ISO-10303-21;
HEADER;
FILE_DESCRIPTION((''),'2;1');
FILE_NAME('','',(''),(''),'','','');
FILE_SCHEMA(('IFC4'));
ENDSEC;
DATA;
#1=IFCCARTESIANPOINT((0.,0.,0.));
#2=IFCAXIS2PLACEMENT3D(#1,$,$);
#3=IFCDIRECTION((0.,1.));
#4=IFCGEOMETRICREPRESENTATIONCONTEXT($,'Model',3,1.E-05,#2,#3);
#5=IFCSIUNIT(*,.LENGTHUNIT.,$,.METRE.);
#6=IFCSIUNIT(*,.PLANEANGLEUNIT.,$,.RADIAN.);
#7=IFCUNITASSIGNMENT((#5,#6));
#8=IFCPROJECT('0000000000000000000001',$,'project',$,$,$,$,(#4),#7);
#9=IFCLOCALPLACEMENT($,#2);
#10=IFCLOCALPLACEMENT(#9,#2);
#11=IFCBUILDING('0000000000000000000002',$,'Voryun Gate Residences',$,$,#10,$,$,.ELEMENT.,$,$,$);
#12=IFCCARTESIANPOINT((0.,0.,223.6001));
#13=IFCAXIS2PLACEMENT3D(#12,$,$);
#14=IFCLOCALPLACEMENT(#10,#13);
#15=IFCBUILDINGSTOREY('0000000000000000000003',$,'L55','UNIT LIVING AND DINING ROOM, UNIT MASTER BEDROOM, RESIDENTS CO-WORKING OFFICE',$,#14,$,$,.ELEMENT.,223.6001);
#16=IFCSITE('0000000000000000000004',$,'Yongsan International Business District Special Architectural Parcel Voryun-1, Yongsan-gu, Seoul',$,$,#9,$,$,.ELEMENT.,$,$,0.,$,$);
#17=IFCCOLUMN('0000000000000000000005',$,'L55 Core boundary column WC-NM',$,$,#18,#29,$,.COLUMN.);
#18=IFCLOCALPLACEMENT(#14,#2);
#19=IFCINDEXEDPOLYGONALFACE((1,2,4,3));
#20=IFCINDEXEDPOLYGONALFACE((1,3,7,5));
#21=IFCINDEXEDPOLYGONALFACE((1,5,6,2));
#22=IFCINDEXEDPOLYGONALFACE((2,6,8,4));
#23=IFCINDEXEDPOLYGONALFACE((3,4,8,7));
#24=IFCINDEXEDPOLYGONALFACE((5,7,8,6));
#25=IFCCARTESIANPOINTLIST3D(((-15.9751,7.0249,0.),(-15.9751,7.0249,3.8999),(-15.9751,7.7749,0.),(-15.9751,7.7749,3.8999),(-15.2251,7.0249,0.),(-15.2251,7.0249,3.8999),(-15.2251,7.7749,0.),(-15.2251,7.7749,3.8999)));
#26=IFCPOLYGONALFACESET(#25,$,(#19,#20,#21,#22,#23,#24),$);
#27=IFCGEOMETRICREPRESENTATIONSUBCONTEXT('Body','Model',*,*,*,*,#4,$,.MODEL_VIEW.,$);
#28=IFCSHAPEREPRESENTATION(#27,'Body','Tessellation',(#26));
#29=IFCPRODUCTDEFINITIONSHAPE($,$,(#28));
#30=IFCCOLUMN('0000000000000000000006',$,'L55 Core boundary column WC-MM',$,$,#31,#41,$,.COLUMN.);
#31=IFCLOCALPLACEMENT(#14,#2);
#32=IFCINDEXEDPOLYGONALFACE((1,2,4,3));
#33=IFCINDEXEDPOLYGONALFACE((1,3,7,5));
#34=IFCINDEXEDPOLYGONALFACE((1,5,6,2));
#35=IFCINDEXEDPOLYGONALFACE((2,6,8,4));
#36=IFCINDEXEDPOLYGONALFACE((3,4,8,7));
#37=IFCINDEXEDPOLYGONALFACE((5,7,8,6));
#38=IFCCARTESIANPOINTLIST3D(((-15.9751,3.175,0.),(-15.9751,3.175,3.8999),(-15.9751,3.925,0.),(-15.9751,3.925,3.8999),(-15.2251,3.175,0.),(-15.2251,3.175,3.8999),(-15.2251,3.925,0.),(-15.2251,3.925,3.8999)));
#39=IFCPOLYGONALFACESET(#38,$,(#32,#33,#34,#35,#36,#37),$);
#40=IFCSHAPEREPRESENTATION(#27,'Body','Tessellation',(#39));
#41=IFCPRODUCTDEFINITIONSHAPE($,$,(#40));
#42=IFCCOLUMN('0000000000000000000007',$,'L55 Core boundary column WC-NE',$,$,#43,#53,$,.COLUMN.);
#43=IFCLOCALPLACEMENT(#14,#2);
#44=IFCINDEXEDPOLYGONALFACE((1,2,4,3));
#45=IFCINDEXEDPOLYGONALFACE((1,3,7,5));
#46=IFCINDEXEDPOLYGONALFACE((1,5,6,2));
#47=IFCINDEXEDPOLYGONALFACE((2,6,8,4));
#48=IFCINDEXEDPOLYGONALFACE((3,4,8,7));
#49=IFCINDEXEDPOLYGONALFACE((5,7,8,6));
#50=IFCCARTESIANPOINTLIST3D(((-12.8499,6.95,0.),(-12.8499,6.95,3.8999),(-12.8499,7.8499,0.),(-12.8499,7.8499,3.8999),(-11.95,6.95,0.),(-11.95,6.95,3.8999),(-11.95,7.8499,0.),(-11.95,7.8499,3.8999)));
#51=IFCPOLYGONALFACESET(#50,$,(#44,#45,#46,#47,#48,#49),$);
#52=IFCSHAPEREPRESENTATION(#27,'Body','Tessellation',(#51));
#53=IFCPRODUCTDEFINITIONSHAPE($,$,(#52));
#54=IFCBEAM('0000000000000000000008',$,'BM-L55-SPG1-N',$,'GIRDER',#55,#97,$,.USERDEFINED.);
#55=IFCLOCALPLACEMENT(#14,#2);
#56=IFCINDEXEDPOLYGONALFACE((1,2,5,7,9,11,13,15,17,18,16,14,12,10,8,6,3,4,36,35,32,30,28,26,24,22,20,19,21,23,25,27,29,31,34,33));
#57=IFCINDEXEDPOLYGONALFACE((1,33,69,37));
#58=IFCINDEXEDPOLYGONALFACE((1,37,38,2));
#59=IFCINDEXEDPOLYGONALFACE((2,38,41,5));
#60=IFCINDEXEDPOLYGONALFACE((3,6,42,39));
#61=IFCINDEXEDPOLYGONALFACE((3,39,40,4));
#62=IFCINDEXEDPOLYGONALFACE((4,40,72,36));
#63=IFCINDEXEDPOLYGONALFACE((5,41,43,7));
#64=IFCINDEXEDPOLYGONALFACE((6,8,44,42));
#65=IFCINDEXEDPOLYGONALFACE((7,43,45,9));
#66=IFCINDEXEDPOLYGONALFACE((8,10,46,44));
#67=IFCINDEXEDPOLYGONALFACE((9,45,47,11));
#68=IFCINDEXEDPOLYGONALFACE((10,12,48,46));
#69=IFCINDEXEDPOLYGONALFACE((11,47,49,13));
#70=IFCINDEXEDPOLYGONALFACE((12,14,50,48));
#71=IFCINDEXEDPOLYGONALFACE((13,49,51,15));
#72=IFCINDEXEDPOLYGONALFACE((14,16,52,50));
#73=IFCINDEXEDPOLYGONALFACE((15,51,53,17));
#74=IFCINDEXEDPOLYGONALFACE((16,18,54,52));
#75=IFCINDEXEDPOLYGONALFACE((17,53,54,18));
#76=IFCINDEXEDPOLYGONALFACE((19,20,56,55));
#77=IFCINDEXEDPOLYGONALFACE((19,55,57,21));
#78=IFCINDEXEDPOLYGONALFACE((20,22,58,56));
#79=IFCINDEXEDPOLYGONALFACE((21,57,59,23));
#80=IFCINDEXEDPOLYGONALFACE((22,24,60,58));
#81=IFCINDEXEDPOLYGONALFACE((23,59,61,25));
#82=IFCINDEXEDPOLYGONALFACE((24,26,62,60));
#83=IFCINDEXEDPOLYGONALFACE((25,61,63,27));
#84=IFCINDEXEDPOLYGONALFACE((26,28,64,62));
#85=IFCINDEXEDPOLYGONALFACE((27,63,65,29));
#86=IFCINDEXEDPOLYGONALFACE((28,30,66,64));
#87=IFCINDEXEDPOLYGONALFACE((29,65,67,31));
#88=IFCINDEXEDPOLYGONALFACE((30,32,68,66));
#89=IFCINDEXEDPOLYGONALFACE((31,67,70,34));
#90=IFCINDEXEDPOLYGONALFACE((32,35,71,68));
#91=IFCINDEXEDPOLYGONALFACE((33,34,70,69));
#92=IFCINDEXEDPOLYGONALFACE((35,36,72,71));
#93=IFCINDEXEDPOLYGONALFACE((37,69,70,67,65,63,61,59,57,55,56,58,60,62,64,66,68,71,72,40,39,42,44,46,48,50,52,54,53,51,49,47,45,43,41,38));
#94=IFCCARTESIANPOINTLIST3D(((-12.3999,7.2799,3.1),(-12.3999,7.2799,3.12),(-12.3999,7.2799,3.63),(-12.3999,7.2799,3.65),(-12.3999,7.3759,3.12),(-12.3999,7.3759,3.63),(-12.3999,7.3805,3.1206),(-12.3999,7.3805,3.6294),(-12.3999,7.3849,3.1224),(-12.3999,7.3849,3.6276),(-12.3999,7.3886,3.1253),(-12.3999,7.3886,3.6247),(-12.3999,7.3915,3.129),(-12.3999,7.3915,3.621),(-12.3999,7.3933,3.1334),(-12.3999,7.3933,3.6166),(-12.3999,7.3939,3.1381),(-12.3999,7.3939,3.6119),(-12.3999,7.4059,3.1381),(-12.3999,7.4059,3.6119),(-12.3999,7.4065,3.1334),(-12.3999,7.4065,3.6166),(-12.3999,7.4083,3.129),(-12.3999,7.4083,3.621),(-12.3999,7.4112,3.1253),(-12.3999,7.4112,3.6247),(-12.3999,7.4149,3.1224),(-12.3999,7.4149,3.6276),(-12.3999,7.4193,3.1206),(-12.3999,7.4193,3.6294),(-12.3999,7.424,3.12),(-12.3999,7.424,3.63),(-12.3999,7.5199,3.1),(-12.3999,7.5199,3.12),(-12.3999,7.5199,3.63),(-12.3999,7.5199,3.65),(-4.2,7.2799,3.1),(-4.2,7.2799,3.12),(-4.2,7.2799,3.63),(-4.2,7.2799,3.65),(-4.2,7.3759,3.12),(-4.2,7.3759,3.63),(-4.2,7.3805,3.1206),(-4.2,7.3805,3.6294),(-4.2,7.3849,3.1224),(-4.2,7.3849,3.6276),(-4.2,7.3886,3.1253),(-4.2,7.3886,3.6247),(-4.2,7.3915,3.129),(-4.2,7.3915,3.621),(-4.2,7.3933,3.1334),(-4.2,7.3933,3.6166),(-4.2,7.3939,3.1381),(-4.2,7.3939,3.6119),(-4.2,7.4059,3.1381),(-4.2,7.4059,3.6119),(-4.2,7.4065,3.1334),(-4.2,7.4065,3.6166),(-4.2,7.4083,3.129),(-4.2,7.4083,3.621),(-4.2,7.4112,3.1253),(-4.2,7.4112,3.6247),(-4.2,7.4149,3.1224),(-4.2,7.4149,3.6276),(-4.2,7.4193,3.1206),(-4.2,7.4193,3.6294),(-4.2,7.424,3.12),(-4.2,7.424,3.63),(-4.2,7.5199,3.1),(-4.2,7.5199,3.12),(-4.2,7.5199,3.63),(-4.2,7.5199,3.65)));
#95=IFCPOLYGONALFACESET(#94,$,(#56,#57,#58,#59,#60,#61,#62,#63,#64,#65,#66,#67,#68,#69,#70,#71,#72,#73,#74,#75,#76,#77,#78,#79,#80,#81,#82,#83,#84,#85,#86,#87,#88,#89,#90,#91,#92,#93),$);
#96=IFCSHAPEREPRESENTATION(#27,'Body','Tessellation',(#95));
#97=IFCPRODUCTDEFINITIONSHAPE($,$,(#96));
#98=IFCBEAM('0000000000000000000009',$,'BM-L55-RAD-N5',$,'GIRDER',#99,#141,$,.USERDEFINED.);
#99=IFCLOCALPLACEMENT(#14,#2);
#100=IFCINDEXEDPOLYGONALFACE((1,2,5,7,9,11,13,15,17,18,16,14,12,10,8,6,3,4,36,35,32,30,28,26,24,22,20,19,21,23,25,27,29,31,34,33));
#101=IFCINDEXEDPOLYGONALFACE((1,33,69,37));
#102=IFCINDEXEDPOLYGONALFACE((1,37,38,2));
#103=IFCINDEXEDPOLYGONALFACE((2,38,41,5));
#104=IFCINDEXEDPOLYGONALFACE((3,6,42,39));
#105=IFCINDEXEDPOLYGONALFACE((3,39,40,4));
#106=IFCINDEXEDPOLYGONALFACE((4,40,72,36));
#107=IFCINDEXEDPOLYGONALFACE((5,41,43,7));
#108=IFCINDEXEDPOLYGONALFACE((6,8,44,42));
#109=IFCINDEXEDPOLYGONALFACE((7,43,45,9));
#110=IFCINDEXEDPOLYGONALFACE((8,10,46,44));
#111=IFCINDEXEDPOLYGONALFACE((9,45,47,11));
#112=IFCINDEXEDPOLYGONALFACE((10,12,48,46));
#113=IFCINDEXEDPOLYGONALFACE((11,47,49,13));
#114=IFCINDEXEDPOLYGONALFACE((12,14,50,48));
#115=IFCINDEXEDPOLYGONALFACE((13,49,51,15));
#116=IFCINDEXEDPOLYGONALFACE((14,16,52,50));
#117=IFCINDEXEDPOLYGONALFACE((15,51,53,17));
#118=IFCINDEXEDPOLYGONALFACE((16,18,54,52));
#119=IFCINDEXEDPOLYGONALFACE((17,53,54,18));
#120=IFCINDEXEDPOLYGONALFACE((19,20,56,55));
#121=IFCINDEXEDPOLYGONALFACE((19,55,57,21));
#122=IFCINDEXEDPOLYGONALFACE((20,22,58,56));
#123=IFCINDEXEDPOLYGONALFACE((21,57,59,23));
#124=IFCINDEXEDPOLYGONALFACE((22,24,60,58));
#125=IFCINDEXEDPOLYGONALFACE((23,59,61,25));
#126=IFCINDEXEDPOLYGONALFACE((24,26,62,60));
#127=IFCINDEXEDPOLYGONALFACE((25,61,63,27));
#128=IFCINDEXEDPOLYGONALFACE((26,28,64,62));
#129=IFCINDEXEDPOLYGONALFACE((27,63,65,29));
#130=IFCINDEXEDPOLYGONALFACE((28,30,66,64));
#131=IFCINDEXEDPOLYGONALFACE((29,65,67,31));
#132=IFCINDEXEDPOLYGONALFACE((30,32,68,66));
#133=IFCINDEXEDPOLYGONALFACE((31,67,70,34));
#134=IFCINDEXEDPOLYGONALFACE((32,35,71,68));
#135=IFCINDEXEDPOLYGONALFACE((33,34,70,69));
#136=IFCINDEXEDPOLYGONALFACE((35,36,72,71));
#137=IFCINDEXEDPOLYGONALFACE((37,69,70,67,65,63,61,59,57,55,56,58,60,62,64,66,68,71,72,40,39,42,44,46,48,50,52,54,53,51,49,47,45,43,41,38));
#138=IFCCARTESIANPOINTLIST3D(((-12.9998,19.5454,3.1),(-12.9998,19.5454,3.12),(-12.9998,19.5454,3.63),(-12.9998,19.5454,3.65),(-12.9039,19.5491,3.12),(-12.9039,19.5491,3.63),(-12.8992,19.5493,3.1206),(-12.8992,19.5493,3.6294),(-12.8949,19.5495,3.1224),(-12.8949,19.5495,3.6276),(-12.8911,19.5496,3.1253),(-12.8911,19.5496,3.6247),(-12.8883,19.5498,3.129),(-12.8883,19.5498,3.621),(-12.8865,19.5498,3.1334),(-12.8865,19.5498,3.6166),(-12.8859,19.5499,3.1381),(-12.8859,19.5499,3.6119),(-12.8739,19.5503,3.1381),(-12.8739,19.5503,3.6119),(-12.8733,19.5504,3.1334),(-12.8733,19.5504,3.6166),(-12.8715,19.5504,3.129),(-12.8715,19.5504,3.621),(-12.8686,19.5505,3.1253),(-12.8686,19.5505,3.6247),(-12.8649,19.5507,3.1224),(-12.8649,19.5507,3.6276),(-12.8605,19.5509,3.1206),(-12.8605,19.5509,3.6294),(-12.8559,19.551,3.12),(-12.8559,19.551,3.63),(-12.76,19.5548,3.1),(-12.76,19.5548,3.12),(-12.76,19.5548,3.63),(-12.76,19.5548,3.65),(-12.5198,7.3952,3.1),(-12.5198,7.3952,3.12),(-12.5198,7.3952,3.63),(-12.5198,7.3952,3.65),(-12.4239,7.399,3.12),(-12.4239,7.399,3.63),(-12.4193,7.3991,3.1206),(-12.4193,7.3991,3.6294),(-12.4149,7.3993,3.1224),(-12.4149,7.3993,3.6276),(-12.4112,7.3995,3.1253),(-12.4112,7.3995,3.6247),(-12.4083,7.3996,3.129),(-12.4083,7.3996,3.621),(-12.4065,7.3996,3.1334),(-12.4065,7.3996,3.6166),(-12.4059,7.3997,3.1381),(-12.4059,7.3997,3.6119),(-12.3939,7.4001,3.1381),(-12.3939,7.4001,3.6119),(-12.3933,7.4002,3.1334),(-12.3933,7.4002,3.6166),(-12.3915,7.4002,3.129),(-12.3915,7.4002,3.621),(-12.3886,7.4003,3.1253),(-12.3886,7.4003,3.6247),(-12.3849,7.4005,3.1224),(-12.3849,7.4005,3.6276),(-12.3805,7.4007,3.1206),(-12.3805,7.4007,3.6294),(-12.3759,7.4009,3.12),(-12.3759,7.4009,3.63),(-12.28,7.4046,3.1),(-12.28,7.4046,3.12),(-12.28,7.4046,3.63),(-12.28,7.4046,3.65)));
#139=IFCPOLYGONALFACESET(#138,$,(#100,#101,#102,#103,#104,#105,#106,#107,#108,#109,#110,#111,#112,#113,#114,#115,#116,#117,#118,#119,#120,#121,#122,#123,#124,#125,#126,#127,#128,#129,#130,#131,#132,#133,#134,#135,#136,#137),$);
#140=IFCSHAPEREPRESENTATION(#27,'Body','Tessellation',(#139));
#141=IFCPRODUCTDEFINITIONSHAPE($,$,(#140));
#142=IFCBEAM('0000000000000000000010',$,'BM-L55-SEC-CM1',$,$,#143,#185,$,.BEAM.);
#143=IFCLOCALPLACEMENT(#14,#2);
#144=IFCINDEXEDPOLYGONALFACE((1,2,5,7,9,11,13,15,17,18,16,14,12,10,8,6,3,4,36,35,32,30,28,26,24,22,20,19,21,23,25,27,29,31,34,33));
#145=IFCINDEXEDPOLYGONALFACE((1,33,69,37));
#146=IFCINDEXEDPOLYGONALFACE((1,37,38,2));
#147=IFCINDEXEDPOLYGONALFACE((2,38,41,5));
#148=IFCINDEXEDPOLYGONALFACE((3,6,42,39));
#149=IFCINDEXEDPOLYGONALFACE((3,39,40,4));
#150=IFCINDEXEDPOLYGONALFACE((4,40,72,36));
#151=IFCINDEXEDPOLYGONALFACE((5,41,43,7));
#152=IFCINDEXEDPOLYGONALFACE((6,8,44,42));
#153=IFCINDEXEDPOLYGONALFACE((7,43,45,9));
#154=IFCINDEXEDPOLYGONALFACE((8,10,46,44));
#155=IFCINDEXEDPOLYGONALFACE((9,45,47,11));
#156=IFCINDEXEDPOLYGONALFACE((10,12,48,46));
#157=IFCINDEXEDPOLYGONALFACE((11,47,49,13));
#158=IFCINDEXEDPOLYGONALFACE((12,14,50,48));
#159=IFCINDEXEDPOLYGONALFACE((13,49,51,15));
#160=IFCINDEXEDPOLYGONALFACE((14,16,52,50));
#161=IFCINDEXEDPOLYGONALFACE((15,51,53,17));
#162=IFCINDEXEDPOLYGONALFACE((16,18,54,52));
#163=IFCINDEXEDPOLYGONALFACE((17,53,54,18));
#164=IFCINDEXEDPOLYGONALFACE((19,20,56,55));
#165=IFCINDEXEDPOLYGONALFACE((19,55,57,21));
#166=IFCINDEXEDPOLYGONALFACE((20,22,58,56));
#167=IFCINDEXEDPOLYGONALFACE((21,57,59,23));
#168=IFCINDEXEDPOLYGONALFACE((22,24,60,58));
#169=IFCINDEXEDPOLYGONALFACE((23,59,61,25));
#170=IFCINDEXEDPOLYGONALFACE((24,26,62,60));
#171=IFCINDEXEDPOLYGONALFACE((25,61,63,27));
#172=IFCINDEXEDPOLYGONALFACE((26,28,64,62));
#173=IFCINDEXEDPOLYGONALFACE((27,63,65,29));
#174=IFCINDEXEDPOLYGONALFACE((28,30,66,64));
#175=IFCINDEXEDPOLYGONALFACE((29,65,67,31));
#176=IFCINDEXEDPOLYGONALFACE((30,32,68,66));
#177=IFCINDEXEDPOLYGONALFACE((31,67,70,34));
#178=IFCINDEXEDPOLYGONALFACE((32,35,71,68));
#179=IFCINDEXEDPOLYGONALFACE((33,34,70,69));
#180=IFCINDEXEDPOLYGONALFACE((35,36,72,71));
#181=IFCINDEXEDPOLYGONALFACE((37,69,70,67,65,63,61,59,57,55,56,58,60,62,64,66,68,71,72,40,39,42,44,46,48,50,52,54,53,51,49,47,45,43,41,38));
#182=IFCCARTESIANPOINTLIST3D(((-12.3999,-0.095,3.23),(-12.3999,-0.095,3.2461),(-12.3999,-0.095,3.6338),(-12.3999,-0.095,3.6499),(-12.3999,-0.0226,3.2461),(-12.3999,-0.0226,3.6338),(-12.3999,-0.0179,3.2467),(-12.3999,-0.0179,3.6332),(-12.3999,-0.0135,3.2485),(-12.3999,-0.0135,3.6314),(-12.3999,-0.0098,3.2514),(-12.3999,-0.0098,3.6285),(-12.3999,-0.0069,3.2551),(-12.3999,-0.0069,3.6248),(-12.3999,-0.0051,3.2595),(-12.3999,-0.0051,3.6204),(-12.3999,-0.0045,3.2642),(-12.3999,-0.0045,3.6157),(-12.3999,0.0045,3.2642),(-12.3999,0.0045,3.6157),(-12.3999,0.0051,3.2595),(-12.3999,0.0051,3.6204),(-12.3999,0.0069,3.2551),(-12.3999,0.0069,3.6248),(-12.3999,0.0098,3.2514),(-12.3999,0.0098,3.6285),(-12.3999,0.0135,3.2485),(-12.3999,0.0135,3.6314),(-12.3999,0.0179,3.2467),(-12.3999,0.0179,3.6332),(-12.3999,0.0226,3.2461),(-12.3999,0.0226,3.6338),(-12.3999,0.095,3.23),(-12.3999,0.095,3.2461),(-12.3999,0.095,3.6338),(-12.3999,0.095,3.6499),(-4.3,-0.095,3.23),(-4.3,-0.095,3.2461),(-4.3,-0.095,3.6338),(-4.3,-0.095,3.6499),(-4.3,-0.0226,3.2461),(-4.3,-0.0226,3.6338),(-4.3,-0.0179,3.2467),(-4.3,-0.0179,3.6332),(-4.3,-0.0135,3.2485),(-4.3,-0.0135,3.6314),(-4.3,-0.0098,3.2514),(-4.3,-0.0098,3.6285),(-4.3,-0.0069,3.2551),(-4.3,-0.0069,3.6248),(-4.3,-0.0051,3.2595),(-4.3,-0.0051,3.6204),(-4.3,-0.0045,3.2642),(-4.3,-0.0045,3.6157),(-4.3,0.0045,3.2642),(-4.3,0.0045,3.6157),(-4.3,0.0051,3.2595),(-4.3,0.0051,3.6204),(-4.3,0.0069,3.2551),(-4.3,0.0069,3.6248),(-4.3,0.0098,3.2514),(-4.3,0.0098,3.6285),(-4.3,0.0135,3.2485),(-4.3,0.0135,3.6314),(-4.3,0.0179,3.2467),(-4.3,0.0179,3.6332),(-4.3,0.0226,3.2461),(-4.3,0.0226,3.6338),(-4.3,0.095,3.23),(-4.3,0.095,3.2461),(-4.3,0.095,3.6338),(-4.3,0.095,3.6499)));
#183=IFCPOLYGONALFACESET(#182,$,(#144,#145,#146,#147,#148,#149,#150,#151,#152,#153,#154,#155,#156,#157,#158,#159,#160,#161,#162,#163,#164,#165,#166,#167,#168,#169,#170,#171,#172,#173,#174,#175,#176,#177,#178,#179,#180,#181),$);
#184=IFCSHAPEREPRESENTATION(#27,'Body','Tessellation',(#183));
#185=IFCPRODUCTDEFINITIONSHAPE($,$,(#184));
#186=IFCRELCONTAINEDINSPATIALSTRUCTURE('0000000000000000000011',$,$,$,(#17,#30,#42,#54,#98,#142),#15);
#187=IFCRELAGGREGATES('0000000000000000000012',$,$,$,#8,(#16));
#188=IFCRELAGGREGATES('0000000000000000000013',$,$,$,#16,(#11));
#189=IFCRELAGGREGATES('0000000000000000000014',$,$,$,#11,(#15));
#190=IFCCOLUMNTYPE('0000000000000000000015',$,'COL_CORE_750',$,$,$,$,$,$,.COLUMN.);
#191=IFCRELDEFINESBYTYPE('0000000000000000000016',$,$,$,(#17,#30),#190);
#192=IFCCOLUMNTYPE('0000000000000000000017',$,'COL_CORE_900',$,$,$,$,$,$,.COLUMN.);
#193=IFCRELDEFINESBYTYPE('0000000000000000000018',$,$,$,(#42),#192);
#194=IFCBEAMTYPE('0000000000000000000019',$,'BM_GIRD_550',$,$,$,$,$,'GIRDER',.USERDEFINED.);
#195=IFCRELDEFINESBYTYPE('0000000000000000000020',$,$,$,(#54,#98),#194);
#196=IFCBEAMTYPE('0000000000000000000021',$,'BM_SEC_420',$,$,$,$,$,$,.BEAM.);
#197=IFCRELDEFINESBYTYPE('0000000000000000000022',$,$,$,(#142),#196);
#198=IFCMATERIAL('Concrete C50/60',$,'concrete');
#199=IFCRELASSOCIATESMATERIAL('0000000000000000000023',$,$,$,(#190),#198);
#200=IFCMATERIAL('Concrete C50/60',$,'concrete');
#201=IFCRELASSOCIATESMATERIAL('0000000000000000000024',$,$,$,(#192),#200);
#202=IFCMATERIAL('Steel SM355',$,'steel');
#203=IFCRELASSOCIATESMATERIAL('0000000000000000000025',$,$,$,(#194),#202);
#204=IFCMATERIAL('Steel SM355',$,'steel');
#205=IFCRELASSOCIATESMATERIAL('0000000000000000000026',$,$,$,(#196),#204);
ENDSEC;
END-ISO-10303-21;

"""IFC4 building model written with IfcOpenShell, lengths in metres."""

from ifc_helpers import new_model, si_unit, direction, frame, origin, origin_2d, place, context, subcontext, project, spatial, rectangle, i_section, extrude, material, material_profile, profile_set, type_object, element, save


model = new_model("IFC4")

# Units and contexts
model_context = context("Model", 3, precision=1e-05, world=origin(), true_north=direction((0.0, 1.0)))
body_context = subcontext(model_context, "Body", "Model", "MODEL_VIEW")
ifc_project = project(units=[si_unit("LENGTHUNIT", "METRE"), si_unit("PLANEANGLEUNIT", "RADIAN")], contexts=[model_context])

# Site, building, storey
site_placement = place(None, origin())
site = spatial("IfcSite", under=ifc_project, at=site_placement, Name="Yongsan International Business District Special Architectural Parcel Voryun-1, Yongsan-gu, Seoul", CompositionType="ELEMENT", RefElevation=0.0)
building_placement = place(site_placement, origin())
building = spatial("IfcBuilding", under=site, at=building_placement, Name="Voryun Gate Residences", CompositionType="ELEMENT")
storey_placement = place(building_placement, frame((0.0, 0.0, 223.6001)))
storey = spatial("IfcBuildingStorey", under=building, at=storey_placement, Name="L55", Description="UNIT LIVING AND DINING ROOM, UNIT MASTER BEDROOM, RESIDENTS CO-WORKING OFFICE", CompositionType="ELEMENT", Elevation=223.6001)

# Columns
ifc_material_1 = material(Name="Concrete C50/60", Category="concrete")
ifc_material_profile_1 = material_profile(ifc_material_1, rectangle(XDim=0.75, YDim=0.75, at=origin_2d()), Name="RC-750x750")
ifc_profile_set_1 = profile_set([ifc_material_profile_1], Name="Concrete C50/60")
column_type_1 = type_object("IfcColumnType", Name="COL_CORE_750", PredefinedType="COLUMN", material=ifc_profile_set_1)
for number, where, z_axis, x_axis, name in (
    (1, (-15.6001, 7.3999, 0.0), (0.0, 0.0, 1.0), (1.0, 0.0, 0.0), "L55 Core boundary column WC-NM"),
    (2, (-15.6001, 3.55, 0.0), (0.0, 0.0, 1.0), (1.0, 0.0, 0.0), "L55 Core boundary column WC-MM"),
):
    element("IfcColumn", number, at=place(storey_placement, frame(where, z_axis=z_axis, x_axis=x_axis)), inside=storey, type_object=column_type_1, Name=name, PredefinedType="COLUMN", context=body_context, shape_type="SweptSolid", body=[
        extrude(rectangle(XDim=0.75, YDim=0.75, at=origin_2d()), origin(), (0.0, 0.0, 1.0), 3.8999),
    ])
ifc_material_2 = material(Name="Concrete C50/60", Category="concrete")
ifc_material_profile_2 = material_profile(ifc_material_2, rectangle(XDim=0.8999, YDim=0.8999, at=origin_2d()), Name="RC-900x900")
ifc_profile_set_2 = profile_set([ifc_material_profile_2], Name="Concrete C50/60")
column_type_2 = type_object("IfcColumnType", Name="COL_CORE_900", PredefinedType="COLUMN", material=ifc_profile_set_2)
column_placement = place(storey_placement, frame((-12.3999, 7.3999, 0.0), z_axis=(0.0, 0.0, 1.0), x_axis=(1.0, 0.0, 0.0)))
element("IfcColumn", 3, at=column_placement, inside=storey, type_object=column_type_2, Name="L55 Core boundary column WC-NE", PredefinedType="COLUMN", context=body_context, shape_type="SweptSolid", body=[
    extrude(rectangle(XDim=0.8999, YDim=0.8999, at=origin_2d()), origin(), (0.0, 0.0, 1.0), 3.8999),
])

# Beams
ifc_material_3 = material(Name="Steel SM355", Category="steel")
ifc_material_profile_3 = material_profile(ifc_material_3, i_section(OverallWidth=0.24, OverallDepth=0.55, WebThickness=0.012, FlangeThickness=0.02, FilletRadius=0.0181, at=origin_2d()), Name="H-550x240x12x20")
ifc_profile_set_3 = profile_set([ifc_material_profile_3], Name="Steel SM355")
beam_type_1 = type_object("IfcBeamType", Name="BM_GIRD_550", ElementType="GIRDER", PredefinedType="USERDEFINED", material=ifc_profile_set_3)
beam_1_placement = place(storey_placement, frame((-12.3999, 7.3999, 3.375), z_axis=(1.0, 0.0, 0.0), x_axis=(0.0, 1.0, 0.0)))
element("IfcBeam", 4, at=beam_1_placement, inside=storey, type_object=beam_type_1, Name="BM-L55-SPG1-N", ObjectType="GIRDER", PredefinedType="USERDEFINED", context=body_context, shape_type="SweptSolid", body=[
    extrude(i_section(OverallWidth=0.24, OverallDepth=0.55, WebThickness=0.012, FlangeThickness=0.02, FilletRadius=0.0181, at=origin_2d()), origin(), (0.0, 0.0, 1.0), 8.2),
])
beam_2_placement = place(storey_placement, frame((-12.3999, 7.3999, 3.375), z_axis=(-0.039473, 0.999221, 0.0), x_axis=(-0.999221, -0.039473, 0.0)))
element("IfcBeam", 5, at=beam_2_placement, inside=storey, type_object=beam_type_1, Name="BM-L55-RAD-N5", ObjectType="GIRDER", PredefinedType="USERDEFINED", context=body_context, shape_type="SweptSolid", body=[
    extrude(i_section(OverallWidth=0.24, OverallDepth=0.55, WebThickness=0.012, FlangeThickness=0.02, FilletRadius=0.0181, at=origin_2d()), origin(), (0.0, 0.0, 1.0), 12.1597),
])
ifc_material_4 = material(Name="Steel SM355", Category="steel")
ifc_material_profile_4 = material_profile(ifc_material_4, i_section(OverallWidth=0.1899, OverallDepth=0.4199, WebThickness=0.009, FlangeThickness=0.0161, FilletRadius=0.0181, at=origin_2d()), Name="H-420x190x9x16")
ifc_profile_set_4 = profile_set([ifc_material_profile_4], Name="Steel SM355")
beam_type_2 = type_object("IfcBeamType", Name="BM_SEC_420", PredefinedType="BEAM", material=ifc_profile_set_4)
beam_3_placement = place(storey_placement, frame((-12.3999, 0.0, 3.4399), z_axis=(1.0, 0.0, 0.0), x_axis=(0.0, 1.0, 0.0)))
element("IfcBeam", 6, at=beam_3_placement, inside=storey, type_object=beam_type_2, Name="BM-L55-SEC-CM1", PredefinedType="BEAM", context=body_context, shape_type="SweptSolid", body=[
    extrude(i_section(OverallWidth=0.1899, OverallDepth=0.4199, WebThickness=0.009, FlangeThickness=0.0161, FilletRadius=0.0181, at=origin_2d()), origin(), (0.0, 0.0, 1.0), 8.0999),
])

save(model, "model.ifc")
